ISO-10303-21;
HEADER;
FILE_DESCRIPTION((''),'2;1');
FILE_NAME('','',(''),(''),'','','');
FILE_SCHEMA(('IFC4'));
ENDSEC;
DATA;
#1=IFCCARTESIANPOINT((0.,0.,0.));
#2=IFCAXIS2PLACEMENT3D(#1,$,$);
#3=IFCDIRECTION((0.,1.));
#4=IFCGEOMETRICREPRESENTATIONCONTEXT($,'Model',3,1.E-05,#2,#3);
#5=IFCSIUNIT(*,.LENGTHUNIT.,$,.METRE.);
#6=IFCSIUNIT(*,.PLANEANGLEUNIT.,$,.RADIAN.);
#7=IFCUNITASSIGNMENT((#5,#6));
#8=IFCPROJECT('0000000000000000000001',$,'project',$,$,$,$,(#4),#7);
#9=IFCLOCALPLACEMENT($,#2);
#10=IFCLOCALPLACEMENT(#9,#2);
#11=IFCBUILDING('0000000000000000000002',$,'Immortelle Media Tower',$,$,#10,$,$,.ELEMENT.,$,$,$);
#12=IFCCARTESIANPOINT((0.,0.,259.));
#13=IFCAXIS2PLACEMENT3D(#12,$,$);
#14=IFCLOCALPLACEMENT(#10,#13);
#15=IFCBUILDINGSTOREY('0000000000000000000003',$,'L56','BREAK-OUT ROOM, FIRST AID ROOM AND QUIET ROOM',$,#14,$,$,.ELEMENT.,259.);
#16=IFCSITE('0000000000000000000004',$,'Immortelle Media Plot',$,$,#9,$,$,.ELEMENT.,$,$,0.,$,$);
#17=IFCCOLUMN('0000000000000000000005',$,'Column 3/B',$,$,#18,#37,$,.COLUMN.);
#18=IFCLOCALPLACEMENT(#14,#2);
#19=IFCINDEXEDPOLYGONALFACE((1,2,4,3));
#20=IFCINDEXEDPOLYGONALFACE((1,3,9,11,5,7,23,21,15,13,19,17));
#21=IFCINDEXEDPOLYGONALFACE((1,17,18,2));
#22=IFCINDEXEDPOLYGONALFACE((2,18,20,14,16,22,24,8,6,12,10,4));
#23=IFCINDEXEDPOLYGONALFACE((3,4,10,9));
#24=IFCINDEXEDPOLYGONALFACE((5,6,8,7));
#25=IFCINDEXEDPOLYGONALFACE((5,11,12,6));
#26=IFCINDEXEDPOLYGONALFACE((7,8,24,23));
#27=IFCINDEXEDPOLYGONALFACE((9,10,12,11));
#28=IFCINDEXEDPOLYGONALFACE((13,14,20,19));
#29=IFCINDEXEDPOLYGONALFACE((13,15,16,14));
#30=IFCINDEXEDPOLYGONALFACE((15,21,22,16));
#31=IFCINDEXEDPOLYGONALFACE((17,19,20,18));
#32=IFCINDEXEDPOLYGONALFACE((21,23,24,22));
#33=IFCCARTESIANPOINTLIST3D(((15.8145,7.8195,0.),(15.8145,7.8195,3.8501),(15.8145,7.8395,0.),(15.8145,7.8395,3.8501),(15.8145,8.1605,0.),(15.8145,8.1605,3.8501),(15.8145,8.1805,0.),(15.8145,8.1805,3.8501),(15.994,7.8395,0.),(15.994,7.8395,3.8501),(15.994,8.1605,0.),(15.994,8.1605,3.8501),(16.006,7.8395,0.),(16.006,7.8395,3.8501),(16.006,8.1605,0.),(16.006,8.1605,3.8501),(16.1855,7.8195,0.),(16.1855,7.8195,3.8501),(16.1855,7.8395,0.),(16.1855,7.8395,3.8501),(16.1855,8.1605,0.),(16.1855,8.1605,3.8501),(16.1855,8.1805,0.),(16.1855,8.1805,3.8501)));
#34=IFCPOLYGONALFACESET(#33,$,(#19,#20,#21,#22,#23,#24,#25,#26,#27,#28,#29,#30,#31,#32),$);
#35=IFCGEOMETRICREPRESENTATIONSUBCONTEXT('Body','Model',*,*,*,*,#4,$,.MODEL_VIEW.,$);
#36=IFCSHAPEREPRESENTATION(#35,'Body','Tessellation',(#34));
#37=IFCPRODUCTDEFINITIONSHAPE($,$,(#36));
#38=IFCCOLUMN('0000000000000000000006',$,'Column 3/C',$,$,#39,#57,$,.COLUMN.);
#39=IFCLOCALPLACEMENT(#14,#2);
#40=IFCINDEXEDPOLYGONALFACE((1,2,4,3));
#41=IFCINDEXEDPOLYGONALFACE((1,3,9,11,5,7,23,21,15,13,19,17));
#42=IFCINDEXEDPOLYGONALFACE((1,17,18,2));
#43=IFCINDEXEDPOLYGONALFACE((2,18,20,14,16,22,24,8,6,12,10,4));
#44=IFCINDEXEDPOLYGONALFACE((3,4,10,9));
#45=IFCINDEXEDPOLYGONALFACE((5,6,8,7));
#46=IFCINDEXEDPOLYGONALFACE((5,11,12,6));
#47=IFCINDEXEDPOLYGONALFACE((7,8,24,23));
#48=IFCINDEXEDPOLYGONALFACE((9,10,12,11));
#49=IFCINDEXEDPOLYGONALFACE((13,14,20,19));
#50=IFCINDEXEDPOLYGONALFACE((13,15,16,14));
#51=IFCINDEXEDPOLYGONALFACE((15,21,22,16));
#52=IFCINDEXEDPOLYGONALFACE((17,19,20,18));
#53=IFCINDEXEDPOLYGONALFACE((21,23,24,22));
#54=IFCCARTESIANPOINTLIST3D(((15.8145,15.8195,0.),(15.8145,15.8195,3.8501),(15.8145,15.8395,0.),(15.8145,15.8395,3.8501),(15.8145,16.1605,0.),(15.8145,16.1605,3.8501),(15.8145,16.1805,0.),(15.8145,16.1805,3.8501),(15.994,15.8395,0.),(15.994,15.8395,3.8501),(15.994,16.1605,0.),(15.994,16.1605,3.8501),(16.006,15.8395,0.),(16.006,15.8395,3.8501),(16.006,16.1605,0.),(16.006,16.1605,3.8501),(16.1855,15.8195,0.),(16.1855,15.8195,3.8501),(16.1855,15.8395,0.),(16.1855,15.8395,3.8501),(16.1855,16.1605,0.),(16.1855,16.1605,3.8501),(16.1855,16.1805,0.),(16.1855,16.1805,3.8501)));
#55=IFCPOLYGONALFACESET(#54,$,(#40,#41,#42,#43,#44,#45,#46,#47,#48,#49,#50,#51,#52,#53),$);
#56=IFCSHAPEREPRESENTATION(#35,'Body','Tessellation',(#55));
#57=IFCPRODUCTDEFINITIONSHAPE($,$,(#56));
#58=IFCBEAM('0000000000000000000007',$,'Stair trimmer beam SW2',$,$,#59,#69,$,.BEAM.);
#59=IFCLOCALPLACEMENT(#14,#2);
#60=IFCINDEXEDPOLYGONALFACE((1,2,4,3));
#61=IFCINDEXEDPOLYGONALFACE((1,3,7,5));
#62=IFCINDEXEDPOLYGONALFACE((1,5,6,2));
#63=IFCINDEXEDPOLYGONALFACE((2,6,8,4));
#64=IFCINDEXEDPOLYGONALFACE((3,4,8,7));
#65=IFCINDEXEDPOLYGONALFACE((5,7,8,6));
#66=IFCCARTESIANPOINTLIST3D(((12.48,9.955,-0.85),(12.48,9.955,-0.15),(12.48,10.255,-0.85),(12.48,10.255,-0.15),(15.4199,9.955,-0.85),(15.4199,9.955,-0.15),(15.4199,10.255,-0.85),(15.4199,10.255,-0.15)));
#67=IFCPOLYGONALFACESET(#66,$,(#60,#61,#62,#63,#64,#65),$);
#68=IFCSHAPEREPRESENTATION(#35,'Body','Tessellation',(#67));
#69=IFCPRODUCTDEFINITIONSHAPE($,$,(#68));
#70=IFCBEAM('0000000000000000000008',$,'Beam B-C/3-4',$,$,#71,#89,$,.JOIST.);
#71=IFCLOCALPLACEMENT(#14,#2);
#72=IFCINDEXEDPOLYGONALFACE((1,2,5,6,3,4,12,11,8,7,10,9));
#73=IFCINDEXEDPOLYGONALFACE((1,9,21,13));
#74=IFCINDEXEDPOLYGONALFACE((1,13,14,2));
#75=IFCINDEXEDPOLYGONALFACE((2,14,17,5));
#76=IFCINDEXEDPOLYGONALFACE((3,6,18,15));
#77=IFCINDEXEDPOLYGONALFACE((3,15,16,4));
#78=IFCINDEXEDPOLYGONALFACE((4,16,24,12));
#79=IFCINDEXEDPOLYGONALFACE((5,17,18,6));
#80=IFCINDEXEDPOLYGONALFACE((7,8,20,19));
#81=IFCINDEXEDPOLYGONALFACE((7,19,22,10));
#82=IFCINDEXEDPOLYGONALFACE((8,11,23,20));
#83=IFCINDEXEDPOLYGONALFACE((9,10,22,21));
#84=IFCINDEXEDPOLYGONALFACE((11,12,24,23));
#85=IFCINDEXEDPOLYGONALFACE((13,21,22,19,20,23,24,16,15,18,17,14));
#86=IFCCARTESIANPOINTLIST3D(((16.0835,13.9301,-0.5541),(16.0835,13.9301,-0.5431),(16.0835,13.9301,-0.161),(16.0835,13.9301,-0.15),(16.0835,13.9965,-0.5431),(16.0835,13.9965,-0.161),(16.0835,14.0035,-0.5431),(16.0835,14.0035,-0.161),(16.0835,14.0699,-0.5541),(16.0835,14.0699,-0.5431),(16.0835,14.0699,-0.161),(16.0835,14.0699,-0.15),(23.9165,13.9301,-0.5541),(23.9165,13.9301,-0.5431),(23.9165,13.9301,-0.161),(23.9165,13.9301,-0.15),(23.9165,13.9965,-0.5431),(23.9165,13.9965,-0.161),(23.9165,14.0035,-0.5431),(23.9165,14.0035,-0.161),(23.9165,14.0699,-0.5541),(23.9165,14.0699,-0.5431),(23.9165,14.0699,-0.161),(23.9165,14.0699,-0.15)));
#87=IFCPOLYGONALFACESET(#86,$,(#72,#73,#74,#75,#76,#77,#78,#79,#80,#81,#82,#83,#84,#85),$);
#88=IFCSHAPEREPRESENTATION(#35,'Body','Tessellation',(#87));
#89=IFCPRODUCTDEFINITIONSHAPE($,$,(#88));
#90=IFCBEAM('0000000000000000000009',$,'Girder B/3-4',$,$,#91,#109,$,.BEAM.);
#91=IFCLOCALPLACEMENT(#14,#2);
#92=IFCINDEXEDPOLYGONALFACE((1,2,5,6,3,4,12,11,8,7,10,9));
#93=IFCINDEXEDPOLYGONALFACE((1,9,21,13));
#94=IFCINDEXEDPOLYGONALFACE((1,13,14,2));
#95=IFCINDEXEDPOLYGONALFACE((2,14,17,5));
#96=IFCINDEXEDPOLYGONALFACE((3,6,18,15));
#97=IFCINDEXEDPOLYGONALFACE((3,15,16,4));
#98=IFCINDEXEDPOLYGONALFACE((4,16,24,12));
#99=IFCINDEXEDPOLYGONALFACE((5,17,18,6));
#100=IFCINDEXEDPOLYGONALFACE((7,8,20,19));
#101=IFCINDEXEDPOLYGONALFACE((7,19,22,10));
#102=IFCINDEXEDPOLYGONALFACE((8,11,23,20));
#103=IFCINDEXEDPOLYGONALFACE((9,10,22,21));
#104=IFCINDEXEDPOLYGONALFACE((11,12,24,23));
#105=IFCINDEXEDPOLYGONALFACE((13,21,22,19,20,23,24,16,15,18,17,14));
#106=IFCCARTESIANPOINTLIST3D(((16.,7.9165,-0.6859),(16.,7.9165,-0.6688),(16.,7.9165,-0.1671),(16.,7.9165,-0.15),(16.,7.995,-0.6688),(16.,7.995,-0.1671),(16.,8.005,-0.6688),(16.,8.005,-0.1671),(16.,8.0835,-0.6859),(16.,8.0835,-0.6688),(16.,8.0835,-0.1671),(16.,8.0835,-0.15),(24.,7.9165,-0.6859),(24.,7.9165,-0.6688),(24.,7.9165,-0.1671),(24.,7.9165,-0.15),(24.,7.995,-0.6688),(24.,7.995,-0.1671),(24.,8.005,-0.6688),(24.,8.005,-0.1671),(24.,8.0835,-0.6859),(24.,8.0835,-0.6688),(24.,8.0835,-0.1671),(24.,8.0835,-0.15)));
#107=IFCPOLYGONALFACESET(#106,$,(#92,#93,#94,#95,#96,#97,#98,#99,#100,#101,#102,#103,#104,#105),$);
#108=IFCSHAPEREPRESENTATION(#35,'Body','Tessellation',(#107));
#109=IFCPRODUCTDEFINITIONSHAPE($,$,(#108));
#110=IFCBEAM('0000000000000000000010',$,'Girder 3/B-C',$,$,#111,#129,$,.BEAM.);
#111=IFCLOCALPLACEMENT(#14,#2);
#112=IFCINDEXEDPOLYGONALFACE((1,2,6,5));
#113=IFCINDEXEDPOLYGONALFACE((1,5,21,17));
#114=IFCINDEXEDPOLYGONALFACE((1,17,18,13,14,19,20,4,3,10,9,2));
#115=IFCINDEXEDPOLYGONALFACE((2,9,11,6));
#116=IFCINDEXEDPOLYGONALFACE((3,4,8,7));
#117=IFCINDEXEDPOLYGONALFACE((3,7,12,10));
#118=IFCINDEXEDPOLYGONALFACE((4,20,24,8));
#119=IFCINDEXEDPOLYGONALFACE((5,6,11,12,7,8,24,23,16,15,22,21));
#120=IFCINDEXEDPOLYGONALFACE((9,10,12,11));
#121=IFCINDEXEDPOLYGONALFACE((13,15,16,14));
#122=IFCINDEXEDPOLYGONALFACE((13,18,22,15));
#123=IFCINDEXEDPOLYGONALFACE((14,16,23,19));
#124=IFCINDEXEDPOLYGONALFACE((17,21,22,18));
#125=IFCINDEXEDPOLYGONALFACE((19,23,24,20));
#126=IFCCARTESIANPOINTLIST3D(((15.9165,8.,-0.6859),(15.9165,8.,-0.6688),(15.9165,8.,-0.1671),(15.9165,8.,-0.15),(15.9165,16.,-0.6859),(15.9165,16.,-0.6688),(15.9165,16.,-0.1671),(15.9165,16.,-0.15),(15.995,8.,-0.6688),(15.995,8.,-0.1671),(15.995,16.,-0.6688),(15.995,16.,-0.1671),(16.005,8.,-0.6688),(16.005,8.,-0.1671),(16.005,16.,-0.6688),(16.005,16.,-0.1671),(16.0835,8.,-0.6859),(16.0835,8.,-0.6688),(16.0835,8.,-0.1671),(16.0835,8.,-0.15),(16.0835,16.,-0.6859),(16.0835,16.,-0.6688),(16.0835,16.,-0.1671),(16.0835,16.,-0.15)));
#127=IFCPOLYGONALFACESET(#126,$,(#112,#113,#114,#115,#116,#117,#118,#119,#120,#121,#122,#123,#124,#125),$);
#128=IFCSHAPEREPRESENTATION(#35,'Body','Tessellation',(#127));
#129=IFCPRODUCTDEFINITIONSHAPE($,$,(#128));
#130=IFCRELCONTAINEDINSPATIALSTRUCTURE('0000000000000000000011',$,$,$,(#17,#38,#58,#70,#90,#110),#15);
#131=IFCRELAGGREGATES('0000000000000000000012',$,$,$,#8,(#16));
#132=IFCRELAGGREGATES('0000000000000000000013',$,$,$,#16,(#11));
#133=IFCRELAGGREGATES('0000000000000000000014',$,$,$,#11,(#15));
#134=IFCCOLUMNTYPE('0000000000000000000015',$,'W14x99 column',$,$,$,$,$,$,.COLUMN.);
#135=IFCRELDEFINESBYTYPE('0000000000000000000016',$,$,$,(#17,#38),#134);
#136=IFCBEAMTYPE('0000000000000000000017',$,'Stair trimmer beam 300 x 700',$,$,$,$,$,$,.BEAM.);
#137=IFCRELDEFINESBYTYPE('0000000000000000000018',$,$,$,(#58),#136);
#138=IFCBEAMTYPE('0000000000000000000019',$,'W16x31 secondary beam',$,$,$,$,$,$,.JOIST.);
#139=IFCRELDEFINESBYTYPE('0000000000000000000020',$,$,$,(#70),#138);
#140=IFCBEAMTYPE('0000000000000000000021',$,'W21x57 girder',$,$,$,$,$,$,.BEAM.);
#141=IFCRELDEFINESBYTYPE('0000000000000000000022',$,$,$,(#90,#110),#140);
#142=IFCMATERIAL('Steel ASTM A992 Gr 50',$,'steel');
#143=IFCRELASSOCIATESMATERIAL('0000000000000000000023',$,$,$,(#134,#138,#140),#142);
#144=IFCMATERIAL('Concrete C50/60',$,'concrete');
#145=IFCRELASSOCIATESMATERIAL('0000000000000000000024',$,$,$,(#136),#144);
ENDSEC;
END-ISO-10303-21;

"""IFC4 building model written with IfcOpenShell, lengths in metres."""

from ifc_helpers import new_model, si_unit, direction, frame, origin, origin_2d, place, context, subcontext, project, spatial, rectangle, i_section, extrude, material, material_profile, profile_set, type_object, element, save


model = new_model("IFC4")

# Units and contexts
model_context = context("Model", 3, precision=1e-05, world=origin(), true_north=direction((0.0, 1.0)))
body_context = subcontext(model_context, "Body", "Model", "MODEL_VIEW")
ifc_project = project(units=[si_unit("LENGTHUNIT", "METRE"), si_unit("PLANEANGLEUNIT", "RADIAN")], contexts=[model_context])

# Site, building, storey
site_placement = place(None, origin())
site = spatial("IfcSite", under=ifc_project, at=site_placement, Name="Immortelle Media Plot", CompositionType="ELEMENT", RefElevation=0.0)
building_placement = place(site_placement, origin())
building = spatial("IfcBuilding", under=site, at=building_placement, Name="Immortelle Media Tower", CompositionType="ELEMENT")
storey_placement = place(building_placement, frame((0.0, 0.0, 259.0)))
storey = spatial("IfcBuildingStorey", under=building, at=storey_placement, Name="L56", Description="BREAK-OUT ROOM, FIRST AID ROOM AND QUIET ROOM", CompositionType="ELEMENT", Elevation=259.0)

# Columns
ifc_material_1 = material(Name="Steel ASTM A992 Gr 50", Category="steel")
ifc_material_profile_1 = material_profile(ifc_material_1, i_section(OverallWidth=0.3711, OverallDepth=0.3611, WebThickness=0.012, FlangeThickness=0.02, at=origin_2d()), Name="W14x99")
ifc_profile_set_1 = profile_set([ifc_material_profile_1], Name="Steel ASTM A992 Gr 50")
column_type = type_object("IfcColumnType", Name="W14x99 column", PredefinedType="COLUMN", material=ifc_profile_set_1)
for number, where, z_axis, x_axis, name in (
    (1, (16.0, 8.0, 0.0), (0.0, 0.0, 1.0), (1.0, 0.0, 0.0), "Column 3/B"),
    (2, (16.0, 16.0, 0.0), (0.0, 0.0, 1.0), (1.0, 0.0, 0.0), "Column 3/C"),
):
    element("IfcColumn", number, at=place(storey_placement, frame(where, z_axis=z_axis, x_axis=x_axis)), inside=storey, type_object=column_type, Name=name, PredefinedType="COLUMN", context=body_context, shape_type="SweptSolid", body=[
        extrude(i_section(OverallWidth=0.3711, OverallDepth=0.3611, WebThickness=0.012, FlangeThickness=0.02, at=origin_2d()), origin(), (0.0, 0.0, 1.0), 3.8501),
    ])

# Beams
ifc_material_2 = material(Name="Concrete C50/60", Category="concrete")
ifc_material_profile_2 = material_profile(ifc_material_2, rectangle(XDim=0.3, YDim=0.7, at=origin_2d()), Name="RC 300x700")
ifc_profile_set_2 = profile_set([ifc_material_profile_2], Name="Concrete C50/60")
beam_type_1 = type_object("IfcBeamType", Name="Stair trimmer beam 300 x 700", PredefinedType="BEAM", material=ifc_profile_set_2)
beam_1_placement = place(storey_placement, frame((12.48, 10.105, -0.5), z_axis=(1.0, 0.0, 0.0), x_axis=(0.0, 1.0, 0.0)))
element("IfcBeam", 3, at=beam_1_placement, inside=storey, type_object=beam_type_1, Name="Stair trimmer beam SW2", PredefinedType="BEAM", context=body_context, shape_type="SweptSolid", body=[
    extrude(rectangle(XDim=0.3, YDim=0.7, at=origin_2d()), origin(), (0.0, 0.0, 1.0), 2.9399),
])
ifc_material_profile_3 = material_profile(ifc_material_1, i_section(OverallWidth=0.1399, OverallDepth=0.4041, WebThickness=0.0071, FlangeThickness=0.011, at=origin_2d()), Name="W16x31")
ifc_profile_set_3 = profile_set([ifc_material_profile_3], Name="Steel ASTM A992 Gr 50")
beam_type_2 = type_object("IfcBeamType", Name="W16x31 secondary beam", PredefinedType="JOIST", material=ifc_profile_set_3)
beam_2_placement = place(storey_placement, frame((16.0835, 14.0, -0.3521), z_axis=(1.0, 0.0, 0.0), x_axis=(0.0, 1.0, 0.0)))
element("IfcBeam", 4, at=beam_2_placement, inside=storey, type_object=beam_type_2, Name="Beam B-C/3-4", PredefinedType="JOIST", context=body_context, shape_type="SweptSolid", body=[
    extrude(i_section(OverallWidth=0.1399, OverallDepth=0.4041, WebThickness=0.0071, FlangeThickness=0.011, at=origin_2d()), origin(), (0.0, 0.0, 1.0), 7.833),
])
ifc_material_profile_4 = material_profile(ifc_material_1, i_section(OverallWidth=0.167, OverallDepth=0.5359, WebThickness=0.01, FlangeThickness=0.0171, at=origin_2d()), Name="W21x57")
ifc_profile_set_4 = profile_set([ifc_material_profile_4], Name="Steel ASTM A992 Gr 50")
beam_type_3 = type_object("IfcBeamType", Name="W21x57 girder", PredefinedType="BEAM", material=ifc_profile_set_4)
for number, where, z_axis, x_axis, name in (
    (5, (16.0, 8.0, -0.418), (1.0, 0.0, 0.0), (0.0, 1.0, 0.0), "Girder B/3-4"),
    (6, (16.0, 8.0, -0.418), (0.0, 1.0, 0.0), (-1.0, 0.0, 0.0), "Girder 3/B-C"),
):
    element("IfcBeam", number, at=place(storey_placement, frame(where, z_axis=z_axis, x_axis=x_axis)), inside=storey, type_object=beam_type_3, Name=name, PredefinedType="BEAM", context=body_context, shape_type="SweptSolid", body=[
        extrude(i_section(OverallWidth=0.167, OverallDepth=0.5359, WebThickness=0.01, FlangeThickness=0.0171, at=origin_2d()), origin(), (0.0, 0.0, 1.0), 8.0),
    ])

save(model, "model.ifc")
